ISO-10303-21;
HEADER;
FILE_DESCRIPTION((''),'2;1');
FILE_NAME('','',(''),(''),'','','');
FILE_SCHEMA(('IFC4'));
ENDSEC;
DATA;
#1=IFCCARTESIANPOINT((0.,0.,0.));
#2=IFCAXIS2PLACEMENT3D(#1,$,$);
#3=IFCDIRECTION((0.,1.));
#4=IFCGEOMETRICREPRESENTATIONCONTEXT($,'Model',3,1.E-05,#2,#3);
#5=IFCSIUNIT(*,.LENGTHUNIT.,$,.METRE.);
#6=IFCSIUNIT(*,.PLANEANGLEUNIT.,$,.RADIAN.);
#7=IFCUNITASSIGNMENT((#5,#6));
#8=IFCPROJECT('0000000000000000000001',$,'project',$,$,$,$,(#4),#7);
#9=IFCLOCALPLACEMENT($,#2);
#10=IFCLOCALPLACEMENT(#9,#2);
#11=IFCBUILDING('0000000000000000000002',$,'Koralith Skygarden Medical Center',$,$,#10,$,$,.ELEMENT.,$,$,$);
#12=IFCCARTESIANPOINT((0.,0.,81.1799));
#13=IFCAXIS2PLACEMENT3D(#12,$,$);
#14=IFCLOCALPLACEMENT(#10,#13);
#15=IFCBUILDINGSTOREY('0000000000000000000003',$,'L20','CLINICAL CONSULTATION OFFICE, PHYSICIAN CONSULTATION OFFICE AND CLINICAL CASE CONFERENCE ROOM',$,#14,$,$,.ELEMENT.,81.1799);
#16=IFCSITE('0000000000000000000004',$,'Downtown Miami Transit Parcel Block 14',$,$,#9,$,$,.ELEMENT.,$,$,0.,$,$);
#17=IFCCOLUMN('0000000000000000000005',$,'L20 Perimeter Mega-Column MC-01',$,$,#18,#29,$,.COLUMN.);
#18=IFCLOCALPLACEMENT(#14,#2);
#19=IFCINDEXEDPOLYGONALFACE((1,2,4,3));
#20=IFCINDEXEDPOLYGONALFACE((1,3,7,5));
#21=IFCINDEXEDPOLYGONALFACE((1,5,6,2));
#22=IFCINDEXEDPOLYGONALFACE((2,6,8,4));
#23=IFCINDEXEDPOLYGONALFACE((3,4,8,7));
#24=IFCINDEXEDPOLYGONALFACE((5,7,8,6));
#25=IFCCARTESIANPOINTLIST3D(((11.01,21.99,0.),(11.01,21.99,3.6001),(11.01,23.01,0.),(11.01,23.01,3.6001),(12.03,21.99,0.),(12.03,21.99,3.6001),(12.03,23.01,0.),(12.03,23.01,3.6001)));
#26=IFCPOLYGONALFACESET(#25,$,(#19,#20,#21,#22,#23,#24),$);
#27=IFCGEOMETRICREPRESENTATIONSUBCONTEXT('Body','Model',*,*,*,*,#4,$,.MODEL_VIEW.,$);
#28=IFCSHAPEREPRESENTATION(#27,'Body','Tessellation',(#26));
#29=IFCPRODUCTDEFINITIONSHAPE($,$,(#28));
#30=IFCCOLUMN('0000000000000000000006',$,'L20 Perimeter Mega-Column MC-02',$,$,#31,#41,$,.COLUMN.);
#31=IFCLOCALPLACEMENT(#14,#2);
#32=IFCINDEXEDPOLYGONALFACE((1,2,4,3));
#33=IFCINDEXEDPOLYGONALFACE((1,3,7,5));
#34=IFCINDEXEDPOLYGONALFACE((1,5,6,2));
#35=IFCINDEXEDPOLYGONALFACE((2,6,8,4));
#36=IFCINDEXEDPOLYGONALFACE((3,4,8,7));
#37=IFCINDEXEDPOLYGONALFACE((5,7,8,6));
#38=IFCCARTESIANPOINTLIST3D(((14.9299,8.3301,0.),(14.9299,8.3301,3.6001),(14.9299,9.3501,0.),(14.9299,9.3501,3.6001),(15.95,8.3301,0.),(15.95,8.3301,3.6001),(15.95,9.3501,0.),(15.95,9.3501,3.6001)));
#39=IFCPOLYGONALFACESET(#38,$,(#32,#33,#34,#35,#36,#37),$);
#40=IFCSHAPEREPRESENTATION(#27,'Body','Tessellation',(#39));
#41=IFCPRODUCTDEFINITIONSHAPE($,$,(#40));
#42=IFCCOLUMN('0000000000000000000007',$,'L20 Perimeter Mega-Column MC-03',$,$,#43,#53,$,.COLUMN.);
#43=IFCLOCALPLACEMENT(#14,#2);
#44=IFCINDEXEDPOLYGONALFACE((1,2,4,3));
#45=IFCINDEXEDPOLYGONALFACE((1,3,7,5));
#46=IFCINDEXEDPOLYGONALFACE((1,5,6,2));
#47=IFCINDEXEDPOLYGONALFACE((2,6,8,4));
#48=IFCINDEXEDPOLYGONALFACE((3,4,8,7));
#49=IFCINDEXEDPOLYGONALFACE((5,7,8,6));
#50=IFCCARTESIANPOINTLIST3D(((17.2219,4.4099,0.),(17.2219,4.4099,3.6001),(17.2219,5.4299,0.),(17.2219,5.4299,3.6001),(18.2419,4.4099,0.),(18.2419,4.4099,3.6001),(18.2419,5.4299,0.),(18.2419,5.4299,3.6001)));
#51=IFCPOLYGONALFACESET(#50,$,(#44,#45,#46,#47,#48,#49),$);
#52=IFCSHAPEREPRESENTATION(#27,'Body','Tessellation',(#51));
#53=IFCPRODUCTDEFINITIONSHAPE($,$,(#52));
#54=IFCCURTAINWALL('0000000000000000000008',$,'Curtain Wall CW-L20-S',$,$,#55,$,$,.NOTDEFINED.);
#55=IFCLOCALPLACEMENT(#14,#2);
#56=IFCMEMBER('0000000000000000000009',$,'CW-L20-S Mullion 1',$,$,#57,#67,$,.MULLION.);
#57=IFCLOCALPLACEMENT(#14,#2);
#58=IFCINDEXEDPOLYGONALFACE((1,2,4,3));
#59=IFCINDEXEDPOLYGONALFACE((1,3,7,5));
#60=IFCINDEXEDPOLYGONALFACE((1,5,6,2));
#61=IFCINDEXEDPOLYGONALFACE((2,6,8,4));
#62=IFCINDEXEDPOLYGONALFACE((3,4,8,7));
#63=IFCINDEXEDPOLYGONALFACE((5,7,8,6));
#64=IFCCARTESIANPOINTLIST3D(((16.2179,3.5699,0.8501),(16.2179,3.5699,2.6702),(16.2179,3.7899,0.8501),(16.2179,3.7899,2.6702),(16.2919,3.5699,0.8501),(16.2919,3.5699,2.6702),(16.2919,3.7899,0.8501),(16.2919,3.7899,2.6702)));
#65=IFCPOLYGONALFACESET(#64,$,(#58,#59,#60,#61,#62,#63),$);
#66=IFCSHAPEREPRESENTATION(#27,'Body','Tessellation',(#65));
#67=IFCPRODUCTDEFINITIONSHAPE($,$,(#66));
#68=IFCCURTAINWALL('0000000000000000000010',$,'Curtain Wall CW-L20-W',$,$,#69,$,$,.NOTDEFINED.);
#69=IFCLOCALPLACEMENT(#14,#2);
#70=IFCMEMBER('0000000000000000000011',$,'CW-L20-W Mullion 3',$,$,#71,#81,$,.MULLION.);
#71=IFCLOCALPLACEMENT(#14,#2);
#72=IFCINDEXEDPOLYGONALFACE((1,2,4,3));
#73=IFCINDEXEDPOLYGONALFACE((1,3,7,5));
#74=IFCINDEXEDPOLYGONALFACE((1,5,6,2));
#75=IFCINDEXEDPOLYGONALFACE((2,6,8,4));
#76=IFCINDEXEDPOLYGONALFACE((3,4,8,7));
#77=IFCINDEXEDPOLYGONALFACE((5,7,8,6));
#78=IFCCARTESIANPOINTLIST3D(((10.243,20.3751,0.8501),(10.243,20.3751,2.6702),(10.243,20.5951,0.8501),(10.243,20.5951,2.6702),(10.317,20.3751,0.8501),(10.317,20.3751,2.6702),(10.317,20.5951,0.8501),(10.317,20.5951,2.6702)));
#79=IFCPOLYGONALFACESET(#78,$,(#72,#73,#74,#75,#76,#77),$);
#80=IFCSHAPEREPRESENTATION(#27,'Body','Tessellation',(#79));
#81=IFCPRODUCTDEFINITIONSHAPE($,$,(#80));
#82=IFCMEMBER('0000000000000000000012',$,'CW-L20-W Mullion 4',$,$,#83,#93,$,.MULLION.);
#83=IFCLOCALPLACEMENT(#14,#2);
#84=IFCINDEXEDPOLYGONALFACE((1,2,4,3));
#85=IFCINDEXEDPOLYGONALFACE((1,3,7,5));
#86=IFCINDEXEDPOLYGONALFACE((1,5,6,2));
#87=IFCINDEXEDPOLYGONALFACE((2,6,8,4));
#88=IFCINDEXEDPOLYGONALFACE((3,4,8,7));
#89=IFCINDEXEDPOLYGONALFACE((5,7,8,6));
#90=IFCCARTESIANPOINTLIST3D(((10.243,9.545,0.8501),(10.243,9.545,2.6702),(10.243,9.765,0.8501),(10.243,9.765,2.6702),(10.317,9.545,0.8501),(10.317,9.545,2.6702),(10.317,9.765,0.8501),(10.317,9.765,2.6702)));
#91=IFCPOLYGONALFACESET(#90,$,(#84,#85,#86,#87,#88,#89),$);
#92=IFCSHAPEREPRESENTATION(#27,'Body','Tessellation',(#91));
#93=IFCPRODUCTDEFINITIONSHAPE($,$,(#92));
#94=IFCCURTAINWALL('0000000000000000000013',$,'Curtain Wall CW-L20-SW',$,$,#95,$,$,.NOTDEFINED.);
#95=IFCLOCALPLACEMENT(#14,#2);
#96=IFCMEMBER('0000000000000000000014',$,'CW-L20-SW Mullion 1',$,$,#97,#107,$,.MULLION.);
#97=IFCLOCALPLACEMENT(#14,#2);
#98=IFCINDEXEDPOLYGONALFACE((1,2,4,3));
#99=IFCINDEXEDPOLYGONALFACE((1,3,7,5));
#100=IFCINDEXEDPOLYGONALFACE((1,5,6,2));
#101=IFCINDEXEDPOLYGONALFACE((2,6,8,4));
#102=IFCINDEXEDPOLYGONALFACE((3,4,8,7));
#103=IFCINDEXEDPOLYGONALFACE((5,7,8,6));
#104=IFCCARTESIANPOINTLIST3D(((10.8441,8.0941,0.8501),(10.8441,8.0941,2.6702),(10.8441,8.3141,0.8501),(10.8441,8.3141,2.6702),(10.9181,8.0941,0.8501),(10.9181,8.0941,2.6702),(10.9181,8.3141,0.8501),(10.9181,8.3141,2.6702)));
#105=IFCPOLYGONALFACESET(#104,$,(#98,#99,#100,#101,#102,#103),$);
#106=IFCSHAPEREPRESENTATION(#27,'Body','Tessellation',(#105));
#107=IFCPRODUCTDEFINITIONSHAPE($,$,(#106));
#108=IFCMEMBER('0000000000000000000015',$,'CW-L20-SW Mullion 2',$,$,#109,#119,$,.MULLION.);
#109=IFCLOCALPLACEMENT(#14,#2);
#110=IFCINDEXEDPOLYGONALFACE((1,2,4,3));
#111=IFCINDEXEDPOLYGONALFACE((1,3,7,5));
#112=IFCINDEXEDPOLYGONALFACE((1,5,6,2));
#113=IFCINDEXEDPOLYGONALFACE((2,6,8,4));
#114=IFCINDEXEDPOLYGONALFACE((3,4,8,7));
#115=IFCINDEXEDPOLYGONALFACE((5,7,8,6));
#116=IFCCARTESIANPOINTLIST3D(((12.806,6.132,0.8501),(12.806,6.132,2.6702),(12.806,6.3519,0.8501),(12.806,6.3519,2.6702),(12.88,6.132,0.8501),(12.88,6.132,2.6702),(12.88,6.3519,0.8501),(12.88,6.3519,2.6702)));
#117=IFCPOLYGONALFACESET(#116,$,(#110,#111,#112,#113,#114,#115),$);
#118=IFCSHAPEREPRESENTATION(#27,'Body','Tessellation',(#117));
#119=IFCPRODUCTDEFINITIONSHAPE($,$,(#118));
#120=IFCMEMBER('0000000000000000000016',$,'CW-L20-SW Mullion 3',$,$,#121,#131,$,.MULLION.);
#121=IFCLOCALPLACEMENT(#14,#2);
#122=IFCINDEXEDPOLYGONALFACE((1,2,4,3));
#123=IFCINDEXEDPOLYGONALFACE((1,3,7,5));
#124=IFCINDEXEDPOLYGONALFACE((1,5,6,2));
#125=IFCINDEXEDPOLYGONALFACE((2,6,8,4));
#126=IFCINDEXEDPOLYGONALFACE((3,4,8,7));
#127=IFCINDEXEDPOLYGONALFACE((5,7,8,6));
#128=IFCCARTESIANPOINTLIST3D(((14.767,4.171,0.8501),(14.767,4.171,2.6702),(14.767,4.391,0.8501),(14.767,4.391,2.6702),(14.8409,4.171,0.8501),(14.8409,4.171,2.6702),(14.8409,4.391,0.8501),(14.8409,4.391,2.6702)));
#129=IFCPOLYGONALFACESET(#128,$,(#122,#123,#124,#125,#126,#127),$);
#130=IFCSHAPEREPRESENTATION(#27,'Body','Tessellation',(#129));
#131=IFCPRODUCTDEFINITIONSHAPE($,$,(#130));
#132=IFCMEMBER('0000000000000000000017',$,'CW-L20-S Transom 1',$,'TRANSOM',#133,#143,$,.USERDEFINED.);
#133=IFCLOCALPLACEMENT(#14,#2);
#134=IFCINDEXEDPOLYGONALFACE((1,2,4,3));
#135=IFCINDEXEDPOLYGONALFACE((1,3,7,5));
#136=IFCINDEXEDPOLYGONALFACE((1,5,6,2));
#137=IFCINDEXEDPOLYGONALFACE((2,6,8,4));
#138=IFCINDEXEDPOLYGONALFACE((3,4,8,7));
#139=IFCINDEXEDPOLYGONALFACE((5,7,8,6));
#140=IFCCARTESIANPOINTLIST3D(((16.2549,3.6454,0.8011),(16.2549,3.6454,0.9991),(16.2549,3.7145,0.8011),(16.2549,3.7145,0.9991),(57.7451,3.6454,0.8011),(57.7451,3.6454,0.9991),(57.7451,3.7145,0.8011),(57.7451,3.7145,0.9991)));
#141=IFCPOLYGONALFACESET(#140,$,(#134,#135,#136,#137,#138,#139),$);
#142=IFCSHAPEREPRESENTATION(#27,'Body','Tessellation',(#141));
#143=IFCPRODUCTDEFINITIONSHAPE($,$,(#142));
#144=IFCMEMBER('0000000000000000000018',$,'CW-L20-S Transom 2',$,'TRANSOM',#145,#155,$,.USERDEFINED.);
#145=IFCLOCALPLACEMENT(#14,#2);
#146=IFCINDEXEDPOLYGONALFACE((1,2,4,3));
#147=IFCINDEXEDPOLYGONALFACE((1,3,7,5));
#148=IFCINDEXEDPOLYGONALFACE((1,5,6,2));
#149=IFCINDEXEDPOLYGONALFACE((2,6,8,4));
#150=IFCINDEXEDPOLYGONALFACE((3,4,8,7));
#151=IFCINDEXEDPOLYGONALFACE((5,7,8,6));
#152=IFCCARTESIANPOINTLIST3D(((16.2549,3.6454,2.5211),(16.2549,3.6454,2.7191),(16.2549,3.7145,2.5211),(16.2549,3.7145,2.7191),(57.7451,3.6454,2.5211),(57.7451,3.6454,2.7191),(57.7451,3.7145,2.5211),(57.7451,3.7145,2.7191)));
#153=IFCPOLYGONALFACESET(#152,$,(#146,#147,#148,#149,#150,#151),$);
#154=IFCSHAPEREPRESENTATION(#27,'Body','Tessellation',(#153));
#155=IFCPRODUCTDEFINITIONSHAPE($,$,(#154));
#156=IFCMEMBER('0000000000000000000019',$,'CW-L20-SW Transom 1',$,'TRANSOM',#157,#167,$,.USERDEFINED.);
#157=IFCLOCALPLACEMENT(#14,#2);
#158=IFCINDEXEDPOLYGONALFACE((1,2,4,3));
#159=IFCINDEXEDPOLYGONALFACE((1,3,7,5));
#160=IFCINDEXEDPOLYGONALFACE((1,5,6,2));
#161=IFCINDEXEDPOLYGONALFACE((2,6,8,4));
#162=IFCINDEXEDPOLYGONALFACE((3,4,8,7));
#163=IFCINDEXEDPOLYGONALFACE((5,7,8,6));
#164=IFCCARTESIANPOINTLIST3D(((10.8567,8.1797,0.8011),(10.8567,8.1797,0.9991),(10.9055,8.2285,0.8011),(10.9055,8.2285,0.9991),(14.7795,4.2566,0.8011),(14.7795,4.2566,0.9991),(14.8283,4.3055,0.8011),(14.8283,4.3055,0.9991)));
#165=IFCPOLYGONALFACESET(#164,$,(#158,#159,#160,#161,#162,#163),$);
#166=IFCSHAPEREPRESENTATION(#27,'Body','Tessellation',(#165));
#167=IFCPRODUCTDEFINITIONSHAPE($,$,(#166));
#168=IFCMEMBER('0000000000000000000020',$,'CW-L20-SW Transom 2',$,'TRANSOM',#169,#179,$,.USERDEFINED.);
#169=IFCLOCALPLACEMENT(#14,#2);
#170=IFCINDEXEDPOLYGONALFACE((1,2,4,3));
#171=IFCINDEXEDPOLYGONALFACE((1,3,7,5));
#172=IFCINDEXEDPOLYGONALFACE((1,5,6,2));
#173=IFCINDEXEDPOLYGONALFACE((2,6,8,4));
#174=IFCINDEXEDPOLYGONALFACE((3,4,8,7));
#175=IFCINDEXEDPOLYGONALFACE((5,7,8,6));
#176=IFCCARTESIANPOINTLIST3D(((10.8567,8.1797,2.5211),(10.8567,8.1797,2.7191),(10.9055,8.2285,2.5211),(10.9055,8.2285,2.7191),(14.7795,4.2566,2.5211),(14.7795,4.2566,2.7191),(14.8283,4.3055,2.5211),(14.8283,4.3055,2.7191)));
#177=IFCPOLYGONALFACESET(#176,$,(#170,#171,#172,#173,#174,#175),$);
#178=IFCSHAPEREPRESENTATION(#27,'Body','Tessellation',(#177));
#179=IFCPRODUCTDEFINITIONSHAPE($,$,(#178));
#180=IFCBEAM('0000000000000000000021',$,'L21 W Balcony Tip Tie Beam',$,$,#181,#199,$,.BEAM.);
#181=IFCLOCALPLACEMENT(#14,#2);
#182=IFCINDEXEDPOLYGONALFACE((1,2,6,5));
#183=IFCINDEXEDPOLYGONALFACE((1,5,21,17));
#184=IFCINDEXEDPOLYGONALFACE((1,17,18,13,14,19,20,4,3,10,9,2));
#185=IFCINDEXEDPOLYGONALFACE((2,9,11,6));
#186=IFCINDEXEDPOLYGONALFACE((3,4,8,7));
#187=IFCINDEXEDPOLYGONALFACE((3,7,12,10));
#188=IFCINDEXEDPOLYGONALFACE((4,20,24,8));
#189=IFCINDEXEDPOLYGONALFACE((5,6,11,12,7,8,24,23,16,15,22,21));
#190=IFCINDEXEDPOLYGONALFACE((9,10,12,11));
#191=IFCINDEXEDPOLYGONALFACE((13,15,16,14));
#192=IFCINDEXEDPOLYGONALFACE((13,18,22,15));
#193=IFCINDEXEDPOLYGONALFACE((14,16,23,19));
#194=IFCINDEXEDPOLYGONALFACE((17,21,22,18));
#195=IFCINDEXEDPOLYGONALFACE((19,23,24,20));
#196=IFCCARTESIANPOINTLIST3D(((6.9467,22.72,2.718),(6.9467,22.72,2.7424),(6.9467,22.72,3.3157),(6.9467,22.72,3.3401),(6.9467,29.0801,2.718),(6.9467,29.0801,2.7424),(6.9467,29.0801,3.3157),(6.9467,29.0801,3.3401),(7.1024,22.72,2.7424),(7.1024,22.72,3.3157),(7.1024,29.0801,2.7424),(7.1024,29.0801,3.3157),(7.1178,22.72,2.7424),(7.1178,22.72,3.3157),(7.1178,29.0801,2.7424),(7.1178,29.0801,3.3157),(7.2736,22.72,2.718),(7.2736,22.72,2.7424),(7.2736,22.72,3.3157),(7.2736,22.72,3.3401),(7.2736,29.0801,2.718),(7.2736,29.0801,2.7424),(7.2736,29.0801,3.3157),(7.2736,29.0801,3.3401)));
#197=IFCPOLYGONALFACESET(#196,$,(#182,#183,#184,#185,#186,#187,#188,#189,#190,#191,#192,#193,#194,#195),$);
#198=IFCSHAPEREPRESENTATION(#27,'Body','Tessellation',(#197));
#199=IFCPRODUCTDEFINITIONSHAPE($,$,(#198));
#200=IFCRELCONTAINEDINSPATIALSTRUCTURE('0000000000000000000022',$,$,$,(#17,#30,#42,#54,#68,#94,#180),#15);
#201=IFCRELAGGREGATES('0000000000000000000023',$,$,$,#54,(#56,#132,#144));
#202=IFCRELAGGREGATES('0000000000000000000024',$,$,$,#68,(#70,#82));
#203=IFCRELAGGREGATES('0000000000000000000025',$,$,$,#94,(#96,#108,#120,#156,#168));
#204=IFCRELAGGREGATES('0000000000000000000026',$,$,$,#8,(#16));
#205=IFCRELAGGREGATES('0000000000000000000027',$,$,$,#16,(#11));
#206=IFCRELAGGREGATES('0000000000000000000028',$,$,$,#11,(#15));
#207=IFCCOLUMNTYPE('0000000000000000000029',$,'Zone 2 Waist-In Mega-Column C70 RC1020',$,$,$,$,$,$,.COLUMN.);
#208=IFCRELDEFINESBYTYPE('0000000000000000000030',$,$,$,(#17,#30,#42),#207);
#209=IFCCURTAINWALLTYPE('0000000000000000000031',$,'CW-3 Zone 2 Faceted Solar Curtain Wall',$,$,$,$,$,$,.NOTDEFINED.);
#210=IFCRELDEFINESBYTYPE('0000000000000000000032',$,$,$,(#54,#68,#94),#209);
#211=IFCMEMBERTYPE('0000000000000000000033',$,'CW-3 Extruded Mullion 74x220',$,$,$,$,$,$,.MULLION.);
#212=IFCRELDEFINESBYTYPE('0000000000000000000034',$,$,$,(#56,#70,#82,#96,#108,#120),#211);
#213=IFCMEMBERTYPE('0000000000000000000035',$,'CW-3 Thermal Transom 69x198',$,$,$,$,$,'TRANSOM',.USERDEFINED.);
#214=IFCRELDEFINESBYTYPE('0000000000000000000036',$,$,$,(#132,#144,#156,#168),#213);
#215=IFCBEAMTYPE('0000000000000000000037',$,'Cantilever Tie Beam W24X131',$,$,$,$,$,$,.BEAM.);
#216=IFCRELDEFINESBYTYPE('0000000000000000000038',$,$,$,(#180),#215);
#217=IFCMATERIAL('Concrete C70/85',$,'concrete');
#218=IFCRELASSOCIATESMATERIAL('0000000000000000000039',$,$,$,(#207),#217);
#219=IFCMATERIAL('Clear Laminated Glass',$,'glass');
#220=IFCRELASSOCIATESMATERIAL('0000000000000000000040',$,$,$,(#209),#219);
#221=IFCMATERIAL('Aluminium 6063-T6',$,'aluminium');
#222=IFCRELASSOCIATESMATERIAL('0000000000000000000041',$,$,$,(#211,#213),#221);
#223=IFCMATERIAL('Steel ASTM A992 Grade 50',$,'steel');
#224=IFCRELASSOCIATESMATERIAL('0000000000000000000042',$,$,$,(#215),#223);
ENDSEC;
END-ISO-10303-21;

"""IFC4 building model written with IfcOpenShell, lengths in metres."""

from ifc_helpers import new_model, si_unit, direction, frame, origin, origin_2d, place, context, subcontext, project, spatial, rectangle, i_section, extrude, material, material_profile, profile_set, type_object, element, aggregate, save


model = new_model("IFC4")

# Units and contexts
model_context = context("Model", 3, precision=1e-05, world=origin(), true_north=direction((0.0, 1.0)))
body_context = subcontext(model_context, "Body", "Model", "MODEL_VIEW")
ifc_project = project(units=[si_unit("LENGTHUNIT", "METRE"), si_unit("PLANEANGLEUNIT", "RADIAN")], contexts=[model_context])

# Site, building, storey
site_placement = place(None, origin())
site = spatial("IfcSite", under=ifc_project, at=site_placement, Name="Downtown Miami Transit Parcel Block 14", CompositionType="ELEMENT", RefElevation=0.0)
building_placement = place(site_placement, origin())
building = spatial("IfcBuilding", under=site, at=building_placement, Name="Koralith Skygarden Medical Center", CompositionType="ELEMENT")
storey_placement = place(building_placement, frame((0.0, 0.0, 81.1799)))
storey = spatial("IfcBuildingStorey", under=building, at=storey_placement, Name="L20", Description="CLINICAL CONSULTATION OFFICE, PHYSICIAN CONSULTATION OFFICE AND CLINICAL CASE CONFERENCE ROOM", CompositionType="ELEMENT", Elevation=81.1799)

# Columns
ifc_material_1 = material(Name="Concrete C70/85", Category="concrete")
ifc_material_profile_1 = material_profile(ifc_material_1, rectangle(XDim=1.02, YDim=1.02, at=origin_2d()), Name="RC1020X1020")
ifc_profile_set_1 = profile_set([ifc_material_profile_1], Name="Concrete C70/85")
column_type = type_object("IfcColumnType", Name="Zone 2 Waist-In Mega-Column C70 RC1020", PredefinedType="COLUMN", material=ifc_profile_set_1)
for number, where, z_axis, x_axis, name in (
    (1, (11.52, 22.5, 0.0), (0.0, 0.0, 1.0), (1.0, 0.0, 0.0), "L20 Perimeter Mega-Column MC-01"),
    (2, (15.4399, 8.8401, 0.0), (0.0, 0.0, 1.0), (1.0, 0.0, 0.0), "L20 Perimeter Mega-Column MC-02"),
    (3, (17.7319, 4.9199, 0.0), (0.0, 0.0, 1.0), (1.0, 0.0, 0.0), "L20 Perimeter Mega-Column MC-03"),
):
    element("IfcColumn", number, at=place(storey_placement, frame(where, z_axis=z_axis, x_axis=x_axis)), inside=storey, type_object=column_type, Name=name, PredefinedType="COLUMN", context=body_context, shape_type="SweptSolid", body=[
        extrude(rectangle(XDim=1.02, YDim=1.02, at=origin_2d()), origin(), (0.0, 0.0, 1.0), 3.6001),
    ])

# Curtain wall, member
ifc_material_2 = material(Name="Clear Laminated Glass", Category="glass")
curtain_wall_type = type_object("IfcCurtainWallType", Name="CW-3 Zone 2 Faceted Solar Curtain Wall", PredefinedType="NOTDEFINED", material=ifc_material_2)
curtain_wall_1_placement = place(storey_placement, origin())
curtain_wall_1 = element("IfcCurtainWall", 4, at=curtain_wall_1_placement, inside=storey, type_object=curtain_wall_type, Name="Curtain Wall CW-L20-S", PredefinedType="NOTDEFINED")
ifc_material_3 = material(Name="Aluminium 6063-T6", Category="aluminium")
ifc_material_profile_2 = material_profile(ifc_material_3, rectangle(XDim=0.074, YDim=0.22, at=origin_2d()), Name="MUL74X220")
ifc_profile_set_2 = profile_set([ifc_material_profile_2], Name="Aluminium 6063-T6")
member_type_1 = type_object("IfcMemberType", Name="CW-3 Extruded Mullion 74x220", PredefinedType="MULLION", material=ifc_profile_set_2)
member_1_placement = place(storey_placement, frame((16.2549, 3.6799, 0.8501), z_axis=(0.0, 0.0, 1.0), x_axis=(1.0, 0.0, 0.0)))
member_1 = element("IfcMember", 5, at=member_1_placement, type_object=member_type_1, Name="CW-L20-S Mullion 1", PredefinedType="MULLION", context=body_context, shape_type="SweptSolid", body=[
    extrude(rectangle(XDim=0.074, YDim=0.22, at=origin_2d()), origin(), (0.0, 0.0, 1.0), 1.8201),
])

# Curtain walls, members
curtain_wall_2_placement = place(storey_placement, origin())
curtain_wall_2 = element("IfcCurtainWall", 6, at=curtain_wall_2_placement, inside=storey, type_object=curtain_wall_type, Name="Curtain Wall CW-L20-W", PredefinedType="NOTDEFINED")
member_2_placement = place(storey_placement, frame((10.28, 20.4851, 0.8501), z_axis=(0.0, 0.0, 1.0), x_axis=(1.0, 0.0, 0.0)))
member_2 = element("IfcMember", 7, at=member_2_placement, type_object=member_type_1, Name="CW-L20-W Mullion 3", PredefinedType="MULLION", context=body_context, shape_type="SweptSolid", body=[
    extrude(rectangle(XDim=0.074, YDim=0.22, at=origin_2d()), origin(), (0.0, 0.0, 1.0), 1.8201),
])
member_3_placement = place(storey_placement, frame((10.28, 9.655, 0.8501), z_axis=(0.0, 0.0, 1.0), x_axis=(1.0, 0.0, 0.0)))
member_3 = element("IfcMember", 8, at=member_3_placement, type_object=member_type_1, Name="CW-L20-W Mullion 4", PredefinedType="MULLION", context=body_context, shape_type="SweptSolid", body=[
    extrude(rectangle(XDim=0.074, YDim=0.22, at=origin_2d()), origin(), (0.0, 0.0, 1.0), 1.8201),
])
curtain_wall_3_placement = place(storey_placement, origin())
curtain_wall_3 = element("IfcCurtainWall", 9, at=curtain_wall_3_placement, inside=storey, type_object=curtain_wall_type, Name="Curtain Wall CW-L20-SW", PredefinedType="NOTDEFINED")
member_4_placement = place(storey_placement, frame((10.8811, 8.2041, 0.8501), z_axis=(0.0, 0.0, 1.0), x_axis=(1.0, 0.0, 0.0)))
member_4 = element("IfcMember", 10, at=member_4_placement, type_object=member_type_1, Name="CW-L20-SW Mullion 1", PredefinedType="MULLION", context=body_context, shape_type="SweptSolid", body=[
    extrude(rectangle(XDim=0.074, YDim=0.22, at=origin_2d()), origin(), (0.0, 0.0, 1.0), 1.8201),
])
member_5_placement = place(storey_placement, frame((12.843, 6.2419, 0.8501), z_axis=(0.0, 0.0, 1.0), x_axis=(1.0, 0.0, 0.0)))
member_5 = element("IfcMember", 11, at=member_5_placement, type_object=member_type_1, Name="CW-L20-SW Mullion 2", PredefinedType="MULLION", context=body_context, shape_type="SweptSolid", body=[
    extrude(rectangle(XDim=0.074, YDim=0.22, at=origin_2d()), origin(), (0.0, 0.0, 1.0), 1.8201),
])
member_6_placement = place(storey_placement, frame((14.804, 4.281, 0.8501), z_axis=(0.0, 0.0, 1.0), x_axis=(1.0, 0.0, 0.0)))
member_6 = element("IfcMember", 12, at=member_6_placement, type_object=member_type_1, Name="CW-L20-SW Mullion 3", PredefinedType="MULLION", context=body_context, shape_type="SweptSolid", body=[
    extrude(rectangle(XDim=0.074, YDim=0.22, at=origin_2d()), origin(), (0.0, 0.0, 1.0), 1.8201),
])

# Members
ifc_material_profile_3 = material_profile(ifc_material_3, rectangle(XDim=0.0691, YDim=0.198, at=origin_2d()), Name="TRN69X198")
ifc_profile_set_3 = profile_set([ifc_material_profile_3], Name="Aluminium 6063-T6")
member_type_2 = type_object("IfcMemberType", Name="CW-3 Thermal Transom 69x198", ElementType="TRANSOM", PredefinedType="USERDEFINED", material=ifc_profile_set_3)
member_7_placement = place(storey_placement, frame((16.2549, 3.6799, 0.9001), z_axis=(1.0, 0.0, 0.0), x_axis=(0.0, 1.0, 0.0)))
member_7 = element("IfcMember", 13, at=member_7_placement, type_object=member_type_2, Name="CW-L20-S Transom 1", ObjectType="TRANSOM", PredefinedType="USERDEFINED", context=body_context, shape_type="SweptSolid", body=[
    extrude(rectangle(XDim=0.0691, YDim=0.198, at=origin_2d()), origin(), (0.0, 0.0, 1.0), 41.4902),
])
member_8_placement = place(storey_placement, frame((16.2549, 3.6799, 2.6201), z_axis=(1.0, 0.0, 0.0), x_axis=(0.0, 1.0, 0.0)))
member_8 = element("IfcMember", 14, at=member_8_placement, type_object=member_type_2, Name="CW-L20-S Transom 2", ObjectType="TRANSOM", PredefinedType="USERDEFINED", context=body_context, shape_type="SweptSolid", body=[
    extrude(rectangle(XDim=0.0691, YDim=0.198, at=origin_2d()), origin(), (0.0, 0.0, 1.0), 41.4902),
])
aggregate(curtain_wall_1, [member_1, member_7, member_8])
member_9_placement = place(storey_placement, frame((10.8811, 8.2041, 0.9001), z_axis=(0.707085, -0.707129, 0.0), x_axis=(0.707129, 0.707085, 0.0)))
member_9 = element("IfcMember", 15, at=member_9_placement, type_object=member_type_2, Name="CW-L20-SW Transom 1", ObjectType="TRANSOM", PredefinedType="USERDEFINED", context=body_context, shape_type="SweptSolid", body=[
    extrude(rectangle(XDim=0.0691, YDim=0.198, at=origin_2d()), origin(), (0.0, 0.0, 1.0), 5.5479),
])
member_10_placement = place(storey_placement, frame((10.8811, 8.2041, 2.6201), z_axis=(0.707085, -0.707129, 0.0), x_axis=(0.707129, 0.707085, 0.0)))
member_10 = element("IfcMember", 16, at=member_10_placement, type_object=member_type_2, Name="CW-L20-SW Transom 2", ObjectType="TRANSOM", PredefinedType="USERDEFINED", context=body_context, shape_type="SweptSolid", body=[
    extrude(rectangle(XDim=0.0691, YDim=0.198, at=origin_2d()), origin(), (0.0, 0.0, 1.0), 5.5479),
])

# Beam
ifc_material_4 = material(Name="Steel ASTM A992 Grade 50", Category="steel")
ifc_material_profile_4 = material_profile(ifc_material_4, i_section(OverallWidth=0.3269, OverallDepth=0.6221, WebThickness=0.0154, FlangeThickness=0.0244, at=origin_2d()), Name="W24X131")
ifc_profile_set_4 = profile_set([ifc_material_profile_4], Name="Steel ASTM A992 Grade 50")
beam_type_1 = type_object("IfcBeamType", Name="Cantilever Tie Beam W24X131", PredefinedType="BEAM", material=ifc_profile_set_4)
beam_1_placement = place(storey_placement, frame((7.1101, 22.72, 3.0291), z_axis=(0.0, 1.0, 0.0), x_axis=(-1.0, 0.0, 0.0)))
element("IfcBeam", 17, at=beam_1_placement, inside=storey, type_object=beam_type_1, Name="L21 W Balcony Tip Tie Beam", PredefinedType="BEAM", context=body_context, shape_type="SweptSolid", body=[
    extrude(i_section(OverallWidth=0.3269, OverallDepth=0.6221, WebThickness=0.0154, FlangeThickness=0.0244, at=origin_2d()), origin(), (0.0, 0.0, 1.0), 6.3601),
])

aggregate(curtain_wall_2, [member_2, member_3])
aggregate(curtain_wall_3, [member_4, member_5, member_6, member_9, member_10])

save(model, "model.ifc")
